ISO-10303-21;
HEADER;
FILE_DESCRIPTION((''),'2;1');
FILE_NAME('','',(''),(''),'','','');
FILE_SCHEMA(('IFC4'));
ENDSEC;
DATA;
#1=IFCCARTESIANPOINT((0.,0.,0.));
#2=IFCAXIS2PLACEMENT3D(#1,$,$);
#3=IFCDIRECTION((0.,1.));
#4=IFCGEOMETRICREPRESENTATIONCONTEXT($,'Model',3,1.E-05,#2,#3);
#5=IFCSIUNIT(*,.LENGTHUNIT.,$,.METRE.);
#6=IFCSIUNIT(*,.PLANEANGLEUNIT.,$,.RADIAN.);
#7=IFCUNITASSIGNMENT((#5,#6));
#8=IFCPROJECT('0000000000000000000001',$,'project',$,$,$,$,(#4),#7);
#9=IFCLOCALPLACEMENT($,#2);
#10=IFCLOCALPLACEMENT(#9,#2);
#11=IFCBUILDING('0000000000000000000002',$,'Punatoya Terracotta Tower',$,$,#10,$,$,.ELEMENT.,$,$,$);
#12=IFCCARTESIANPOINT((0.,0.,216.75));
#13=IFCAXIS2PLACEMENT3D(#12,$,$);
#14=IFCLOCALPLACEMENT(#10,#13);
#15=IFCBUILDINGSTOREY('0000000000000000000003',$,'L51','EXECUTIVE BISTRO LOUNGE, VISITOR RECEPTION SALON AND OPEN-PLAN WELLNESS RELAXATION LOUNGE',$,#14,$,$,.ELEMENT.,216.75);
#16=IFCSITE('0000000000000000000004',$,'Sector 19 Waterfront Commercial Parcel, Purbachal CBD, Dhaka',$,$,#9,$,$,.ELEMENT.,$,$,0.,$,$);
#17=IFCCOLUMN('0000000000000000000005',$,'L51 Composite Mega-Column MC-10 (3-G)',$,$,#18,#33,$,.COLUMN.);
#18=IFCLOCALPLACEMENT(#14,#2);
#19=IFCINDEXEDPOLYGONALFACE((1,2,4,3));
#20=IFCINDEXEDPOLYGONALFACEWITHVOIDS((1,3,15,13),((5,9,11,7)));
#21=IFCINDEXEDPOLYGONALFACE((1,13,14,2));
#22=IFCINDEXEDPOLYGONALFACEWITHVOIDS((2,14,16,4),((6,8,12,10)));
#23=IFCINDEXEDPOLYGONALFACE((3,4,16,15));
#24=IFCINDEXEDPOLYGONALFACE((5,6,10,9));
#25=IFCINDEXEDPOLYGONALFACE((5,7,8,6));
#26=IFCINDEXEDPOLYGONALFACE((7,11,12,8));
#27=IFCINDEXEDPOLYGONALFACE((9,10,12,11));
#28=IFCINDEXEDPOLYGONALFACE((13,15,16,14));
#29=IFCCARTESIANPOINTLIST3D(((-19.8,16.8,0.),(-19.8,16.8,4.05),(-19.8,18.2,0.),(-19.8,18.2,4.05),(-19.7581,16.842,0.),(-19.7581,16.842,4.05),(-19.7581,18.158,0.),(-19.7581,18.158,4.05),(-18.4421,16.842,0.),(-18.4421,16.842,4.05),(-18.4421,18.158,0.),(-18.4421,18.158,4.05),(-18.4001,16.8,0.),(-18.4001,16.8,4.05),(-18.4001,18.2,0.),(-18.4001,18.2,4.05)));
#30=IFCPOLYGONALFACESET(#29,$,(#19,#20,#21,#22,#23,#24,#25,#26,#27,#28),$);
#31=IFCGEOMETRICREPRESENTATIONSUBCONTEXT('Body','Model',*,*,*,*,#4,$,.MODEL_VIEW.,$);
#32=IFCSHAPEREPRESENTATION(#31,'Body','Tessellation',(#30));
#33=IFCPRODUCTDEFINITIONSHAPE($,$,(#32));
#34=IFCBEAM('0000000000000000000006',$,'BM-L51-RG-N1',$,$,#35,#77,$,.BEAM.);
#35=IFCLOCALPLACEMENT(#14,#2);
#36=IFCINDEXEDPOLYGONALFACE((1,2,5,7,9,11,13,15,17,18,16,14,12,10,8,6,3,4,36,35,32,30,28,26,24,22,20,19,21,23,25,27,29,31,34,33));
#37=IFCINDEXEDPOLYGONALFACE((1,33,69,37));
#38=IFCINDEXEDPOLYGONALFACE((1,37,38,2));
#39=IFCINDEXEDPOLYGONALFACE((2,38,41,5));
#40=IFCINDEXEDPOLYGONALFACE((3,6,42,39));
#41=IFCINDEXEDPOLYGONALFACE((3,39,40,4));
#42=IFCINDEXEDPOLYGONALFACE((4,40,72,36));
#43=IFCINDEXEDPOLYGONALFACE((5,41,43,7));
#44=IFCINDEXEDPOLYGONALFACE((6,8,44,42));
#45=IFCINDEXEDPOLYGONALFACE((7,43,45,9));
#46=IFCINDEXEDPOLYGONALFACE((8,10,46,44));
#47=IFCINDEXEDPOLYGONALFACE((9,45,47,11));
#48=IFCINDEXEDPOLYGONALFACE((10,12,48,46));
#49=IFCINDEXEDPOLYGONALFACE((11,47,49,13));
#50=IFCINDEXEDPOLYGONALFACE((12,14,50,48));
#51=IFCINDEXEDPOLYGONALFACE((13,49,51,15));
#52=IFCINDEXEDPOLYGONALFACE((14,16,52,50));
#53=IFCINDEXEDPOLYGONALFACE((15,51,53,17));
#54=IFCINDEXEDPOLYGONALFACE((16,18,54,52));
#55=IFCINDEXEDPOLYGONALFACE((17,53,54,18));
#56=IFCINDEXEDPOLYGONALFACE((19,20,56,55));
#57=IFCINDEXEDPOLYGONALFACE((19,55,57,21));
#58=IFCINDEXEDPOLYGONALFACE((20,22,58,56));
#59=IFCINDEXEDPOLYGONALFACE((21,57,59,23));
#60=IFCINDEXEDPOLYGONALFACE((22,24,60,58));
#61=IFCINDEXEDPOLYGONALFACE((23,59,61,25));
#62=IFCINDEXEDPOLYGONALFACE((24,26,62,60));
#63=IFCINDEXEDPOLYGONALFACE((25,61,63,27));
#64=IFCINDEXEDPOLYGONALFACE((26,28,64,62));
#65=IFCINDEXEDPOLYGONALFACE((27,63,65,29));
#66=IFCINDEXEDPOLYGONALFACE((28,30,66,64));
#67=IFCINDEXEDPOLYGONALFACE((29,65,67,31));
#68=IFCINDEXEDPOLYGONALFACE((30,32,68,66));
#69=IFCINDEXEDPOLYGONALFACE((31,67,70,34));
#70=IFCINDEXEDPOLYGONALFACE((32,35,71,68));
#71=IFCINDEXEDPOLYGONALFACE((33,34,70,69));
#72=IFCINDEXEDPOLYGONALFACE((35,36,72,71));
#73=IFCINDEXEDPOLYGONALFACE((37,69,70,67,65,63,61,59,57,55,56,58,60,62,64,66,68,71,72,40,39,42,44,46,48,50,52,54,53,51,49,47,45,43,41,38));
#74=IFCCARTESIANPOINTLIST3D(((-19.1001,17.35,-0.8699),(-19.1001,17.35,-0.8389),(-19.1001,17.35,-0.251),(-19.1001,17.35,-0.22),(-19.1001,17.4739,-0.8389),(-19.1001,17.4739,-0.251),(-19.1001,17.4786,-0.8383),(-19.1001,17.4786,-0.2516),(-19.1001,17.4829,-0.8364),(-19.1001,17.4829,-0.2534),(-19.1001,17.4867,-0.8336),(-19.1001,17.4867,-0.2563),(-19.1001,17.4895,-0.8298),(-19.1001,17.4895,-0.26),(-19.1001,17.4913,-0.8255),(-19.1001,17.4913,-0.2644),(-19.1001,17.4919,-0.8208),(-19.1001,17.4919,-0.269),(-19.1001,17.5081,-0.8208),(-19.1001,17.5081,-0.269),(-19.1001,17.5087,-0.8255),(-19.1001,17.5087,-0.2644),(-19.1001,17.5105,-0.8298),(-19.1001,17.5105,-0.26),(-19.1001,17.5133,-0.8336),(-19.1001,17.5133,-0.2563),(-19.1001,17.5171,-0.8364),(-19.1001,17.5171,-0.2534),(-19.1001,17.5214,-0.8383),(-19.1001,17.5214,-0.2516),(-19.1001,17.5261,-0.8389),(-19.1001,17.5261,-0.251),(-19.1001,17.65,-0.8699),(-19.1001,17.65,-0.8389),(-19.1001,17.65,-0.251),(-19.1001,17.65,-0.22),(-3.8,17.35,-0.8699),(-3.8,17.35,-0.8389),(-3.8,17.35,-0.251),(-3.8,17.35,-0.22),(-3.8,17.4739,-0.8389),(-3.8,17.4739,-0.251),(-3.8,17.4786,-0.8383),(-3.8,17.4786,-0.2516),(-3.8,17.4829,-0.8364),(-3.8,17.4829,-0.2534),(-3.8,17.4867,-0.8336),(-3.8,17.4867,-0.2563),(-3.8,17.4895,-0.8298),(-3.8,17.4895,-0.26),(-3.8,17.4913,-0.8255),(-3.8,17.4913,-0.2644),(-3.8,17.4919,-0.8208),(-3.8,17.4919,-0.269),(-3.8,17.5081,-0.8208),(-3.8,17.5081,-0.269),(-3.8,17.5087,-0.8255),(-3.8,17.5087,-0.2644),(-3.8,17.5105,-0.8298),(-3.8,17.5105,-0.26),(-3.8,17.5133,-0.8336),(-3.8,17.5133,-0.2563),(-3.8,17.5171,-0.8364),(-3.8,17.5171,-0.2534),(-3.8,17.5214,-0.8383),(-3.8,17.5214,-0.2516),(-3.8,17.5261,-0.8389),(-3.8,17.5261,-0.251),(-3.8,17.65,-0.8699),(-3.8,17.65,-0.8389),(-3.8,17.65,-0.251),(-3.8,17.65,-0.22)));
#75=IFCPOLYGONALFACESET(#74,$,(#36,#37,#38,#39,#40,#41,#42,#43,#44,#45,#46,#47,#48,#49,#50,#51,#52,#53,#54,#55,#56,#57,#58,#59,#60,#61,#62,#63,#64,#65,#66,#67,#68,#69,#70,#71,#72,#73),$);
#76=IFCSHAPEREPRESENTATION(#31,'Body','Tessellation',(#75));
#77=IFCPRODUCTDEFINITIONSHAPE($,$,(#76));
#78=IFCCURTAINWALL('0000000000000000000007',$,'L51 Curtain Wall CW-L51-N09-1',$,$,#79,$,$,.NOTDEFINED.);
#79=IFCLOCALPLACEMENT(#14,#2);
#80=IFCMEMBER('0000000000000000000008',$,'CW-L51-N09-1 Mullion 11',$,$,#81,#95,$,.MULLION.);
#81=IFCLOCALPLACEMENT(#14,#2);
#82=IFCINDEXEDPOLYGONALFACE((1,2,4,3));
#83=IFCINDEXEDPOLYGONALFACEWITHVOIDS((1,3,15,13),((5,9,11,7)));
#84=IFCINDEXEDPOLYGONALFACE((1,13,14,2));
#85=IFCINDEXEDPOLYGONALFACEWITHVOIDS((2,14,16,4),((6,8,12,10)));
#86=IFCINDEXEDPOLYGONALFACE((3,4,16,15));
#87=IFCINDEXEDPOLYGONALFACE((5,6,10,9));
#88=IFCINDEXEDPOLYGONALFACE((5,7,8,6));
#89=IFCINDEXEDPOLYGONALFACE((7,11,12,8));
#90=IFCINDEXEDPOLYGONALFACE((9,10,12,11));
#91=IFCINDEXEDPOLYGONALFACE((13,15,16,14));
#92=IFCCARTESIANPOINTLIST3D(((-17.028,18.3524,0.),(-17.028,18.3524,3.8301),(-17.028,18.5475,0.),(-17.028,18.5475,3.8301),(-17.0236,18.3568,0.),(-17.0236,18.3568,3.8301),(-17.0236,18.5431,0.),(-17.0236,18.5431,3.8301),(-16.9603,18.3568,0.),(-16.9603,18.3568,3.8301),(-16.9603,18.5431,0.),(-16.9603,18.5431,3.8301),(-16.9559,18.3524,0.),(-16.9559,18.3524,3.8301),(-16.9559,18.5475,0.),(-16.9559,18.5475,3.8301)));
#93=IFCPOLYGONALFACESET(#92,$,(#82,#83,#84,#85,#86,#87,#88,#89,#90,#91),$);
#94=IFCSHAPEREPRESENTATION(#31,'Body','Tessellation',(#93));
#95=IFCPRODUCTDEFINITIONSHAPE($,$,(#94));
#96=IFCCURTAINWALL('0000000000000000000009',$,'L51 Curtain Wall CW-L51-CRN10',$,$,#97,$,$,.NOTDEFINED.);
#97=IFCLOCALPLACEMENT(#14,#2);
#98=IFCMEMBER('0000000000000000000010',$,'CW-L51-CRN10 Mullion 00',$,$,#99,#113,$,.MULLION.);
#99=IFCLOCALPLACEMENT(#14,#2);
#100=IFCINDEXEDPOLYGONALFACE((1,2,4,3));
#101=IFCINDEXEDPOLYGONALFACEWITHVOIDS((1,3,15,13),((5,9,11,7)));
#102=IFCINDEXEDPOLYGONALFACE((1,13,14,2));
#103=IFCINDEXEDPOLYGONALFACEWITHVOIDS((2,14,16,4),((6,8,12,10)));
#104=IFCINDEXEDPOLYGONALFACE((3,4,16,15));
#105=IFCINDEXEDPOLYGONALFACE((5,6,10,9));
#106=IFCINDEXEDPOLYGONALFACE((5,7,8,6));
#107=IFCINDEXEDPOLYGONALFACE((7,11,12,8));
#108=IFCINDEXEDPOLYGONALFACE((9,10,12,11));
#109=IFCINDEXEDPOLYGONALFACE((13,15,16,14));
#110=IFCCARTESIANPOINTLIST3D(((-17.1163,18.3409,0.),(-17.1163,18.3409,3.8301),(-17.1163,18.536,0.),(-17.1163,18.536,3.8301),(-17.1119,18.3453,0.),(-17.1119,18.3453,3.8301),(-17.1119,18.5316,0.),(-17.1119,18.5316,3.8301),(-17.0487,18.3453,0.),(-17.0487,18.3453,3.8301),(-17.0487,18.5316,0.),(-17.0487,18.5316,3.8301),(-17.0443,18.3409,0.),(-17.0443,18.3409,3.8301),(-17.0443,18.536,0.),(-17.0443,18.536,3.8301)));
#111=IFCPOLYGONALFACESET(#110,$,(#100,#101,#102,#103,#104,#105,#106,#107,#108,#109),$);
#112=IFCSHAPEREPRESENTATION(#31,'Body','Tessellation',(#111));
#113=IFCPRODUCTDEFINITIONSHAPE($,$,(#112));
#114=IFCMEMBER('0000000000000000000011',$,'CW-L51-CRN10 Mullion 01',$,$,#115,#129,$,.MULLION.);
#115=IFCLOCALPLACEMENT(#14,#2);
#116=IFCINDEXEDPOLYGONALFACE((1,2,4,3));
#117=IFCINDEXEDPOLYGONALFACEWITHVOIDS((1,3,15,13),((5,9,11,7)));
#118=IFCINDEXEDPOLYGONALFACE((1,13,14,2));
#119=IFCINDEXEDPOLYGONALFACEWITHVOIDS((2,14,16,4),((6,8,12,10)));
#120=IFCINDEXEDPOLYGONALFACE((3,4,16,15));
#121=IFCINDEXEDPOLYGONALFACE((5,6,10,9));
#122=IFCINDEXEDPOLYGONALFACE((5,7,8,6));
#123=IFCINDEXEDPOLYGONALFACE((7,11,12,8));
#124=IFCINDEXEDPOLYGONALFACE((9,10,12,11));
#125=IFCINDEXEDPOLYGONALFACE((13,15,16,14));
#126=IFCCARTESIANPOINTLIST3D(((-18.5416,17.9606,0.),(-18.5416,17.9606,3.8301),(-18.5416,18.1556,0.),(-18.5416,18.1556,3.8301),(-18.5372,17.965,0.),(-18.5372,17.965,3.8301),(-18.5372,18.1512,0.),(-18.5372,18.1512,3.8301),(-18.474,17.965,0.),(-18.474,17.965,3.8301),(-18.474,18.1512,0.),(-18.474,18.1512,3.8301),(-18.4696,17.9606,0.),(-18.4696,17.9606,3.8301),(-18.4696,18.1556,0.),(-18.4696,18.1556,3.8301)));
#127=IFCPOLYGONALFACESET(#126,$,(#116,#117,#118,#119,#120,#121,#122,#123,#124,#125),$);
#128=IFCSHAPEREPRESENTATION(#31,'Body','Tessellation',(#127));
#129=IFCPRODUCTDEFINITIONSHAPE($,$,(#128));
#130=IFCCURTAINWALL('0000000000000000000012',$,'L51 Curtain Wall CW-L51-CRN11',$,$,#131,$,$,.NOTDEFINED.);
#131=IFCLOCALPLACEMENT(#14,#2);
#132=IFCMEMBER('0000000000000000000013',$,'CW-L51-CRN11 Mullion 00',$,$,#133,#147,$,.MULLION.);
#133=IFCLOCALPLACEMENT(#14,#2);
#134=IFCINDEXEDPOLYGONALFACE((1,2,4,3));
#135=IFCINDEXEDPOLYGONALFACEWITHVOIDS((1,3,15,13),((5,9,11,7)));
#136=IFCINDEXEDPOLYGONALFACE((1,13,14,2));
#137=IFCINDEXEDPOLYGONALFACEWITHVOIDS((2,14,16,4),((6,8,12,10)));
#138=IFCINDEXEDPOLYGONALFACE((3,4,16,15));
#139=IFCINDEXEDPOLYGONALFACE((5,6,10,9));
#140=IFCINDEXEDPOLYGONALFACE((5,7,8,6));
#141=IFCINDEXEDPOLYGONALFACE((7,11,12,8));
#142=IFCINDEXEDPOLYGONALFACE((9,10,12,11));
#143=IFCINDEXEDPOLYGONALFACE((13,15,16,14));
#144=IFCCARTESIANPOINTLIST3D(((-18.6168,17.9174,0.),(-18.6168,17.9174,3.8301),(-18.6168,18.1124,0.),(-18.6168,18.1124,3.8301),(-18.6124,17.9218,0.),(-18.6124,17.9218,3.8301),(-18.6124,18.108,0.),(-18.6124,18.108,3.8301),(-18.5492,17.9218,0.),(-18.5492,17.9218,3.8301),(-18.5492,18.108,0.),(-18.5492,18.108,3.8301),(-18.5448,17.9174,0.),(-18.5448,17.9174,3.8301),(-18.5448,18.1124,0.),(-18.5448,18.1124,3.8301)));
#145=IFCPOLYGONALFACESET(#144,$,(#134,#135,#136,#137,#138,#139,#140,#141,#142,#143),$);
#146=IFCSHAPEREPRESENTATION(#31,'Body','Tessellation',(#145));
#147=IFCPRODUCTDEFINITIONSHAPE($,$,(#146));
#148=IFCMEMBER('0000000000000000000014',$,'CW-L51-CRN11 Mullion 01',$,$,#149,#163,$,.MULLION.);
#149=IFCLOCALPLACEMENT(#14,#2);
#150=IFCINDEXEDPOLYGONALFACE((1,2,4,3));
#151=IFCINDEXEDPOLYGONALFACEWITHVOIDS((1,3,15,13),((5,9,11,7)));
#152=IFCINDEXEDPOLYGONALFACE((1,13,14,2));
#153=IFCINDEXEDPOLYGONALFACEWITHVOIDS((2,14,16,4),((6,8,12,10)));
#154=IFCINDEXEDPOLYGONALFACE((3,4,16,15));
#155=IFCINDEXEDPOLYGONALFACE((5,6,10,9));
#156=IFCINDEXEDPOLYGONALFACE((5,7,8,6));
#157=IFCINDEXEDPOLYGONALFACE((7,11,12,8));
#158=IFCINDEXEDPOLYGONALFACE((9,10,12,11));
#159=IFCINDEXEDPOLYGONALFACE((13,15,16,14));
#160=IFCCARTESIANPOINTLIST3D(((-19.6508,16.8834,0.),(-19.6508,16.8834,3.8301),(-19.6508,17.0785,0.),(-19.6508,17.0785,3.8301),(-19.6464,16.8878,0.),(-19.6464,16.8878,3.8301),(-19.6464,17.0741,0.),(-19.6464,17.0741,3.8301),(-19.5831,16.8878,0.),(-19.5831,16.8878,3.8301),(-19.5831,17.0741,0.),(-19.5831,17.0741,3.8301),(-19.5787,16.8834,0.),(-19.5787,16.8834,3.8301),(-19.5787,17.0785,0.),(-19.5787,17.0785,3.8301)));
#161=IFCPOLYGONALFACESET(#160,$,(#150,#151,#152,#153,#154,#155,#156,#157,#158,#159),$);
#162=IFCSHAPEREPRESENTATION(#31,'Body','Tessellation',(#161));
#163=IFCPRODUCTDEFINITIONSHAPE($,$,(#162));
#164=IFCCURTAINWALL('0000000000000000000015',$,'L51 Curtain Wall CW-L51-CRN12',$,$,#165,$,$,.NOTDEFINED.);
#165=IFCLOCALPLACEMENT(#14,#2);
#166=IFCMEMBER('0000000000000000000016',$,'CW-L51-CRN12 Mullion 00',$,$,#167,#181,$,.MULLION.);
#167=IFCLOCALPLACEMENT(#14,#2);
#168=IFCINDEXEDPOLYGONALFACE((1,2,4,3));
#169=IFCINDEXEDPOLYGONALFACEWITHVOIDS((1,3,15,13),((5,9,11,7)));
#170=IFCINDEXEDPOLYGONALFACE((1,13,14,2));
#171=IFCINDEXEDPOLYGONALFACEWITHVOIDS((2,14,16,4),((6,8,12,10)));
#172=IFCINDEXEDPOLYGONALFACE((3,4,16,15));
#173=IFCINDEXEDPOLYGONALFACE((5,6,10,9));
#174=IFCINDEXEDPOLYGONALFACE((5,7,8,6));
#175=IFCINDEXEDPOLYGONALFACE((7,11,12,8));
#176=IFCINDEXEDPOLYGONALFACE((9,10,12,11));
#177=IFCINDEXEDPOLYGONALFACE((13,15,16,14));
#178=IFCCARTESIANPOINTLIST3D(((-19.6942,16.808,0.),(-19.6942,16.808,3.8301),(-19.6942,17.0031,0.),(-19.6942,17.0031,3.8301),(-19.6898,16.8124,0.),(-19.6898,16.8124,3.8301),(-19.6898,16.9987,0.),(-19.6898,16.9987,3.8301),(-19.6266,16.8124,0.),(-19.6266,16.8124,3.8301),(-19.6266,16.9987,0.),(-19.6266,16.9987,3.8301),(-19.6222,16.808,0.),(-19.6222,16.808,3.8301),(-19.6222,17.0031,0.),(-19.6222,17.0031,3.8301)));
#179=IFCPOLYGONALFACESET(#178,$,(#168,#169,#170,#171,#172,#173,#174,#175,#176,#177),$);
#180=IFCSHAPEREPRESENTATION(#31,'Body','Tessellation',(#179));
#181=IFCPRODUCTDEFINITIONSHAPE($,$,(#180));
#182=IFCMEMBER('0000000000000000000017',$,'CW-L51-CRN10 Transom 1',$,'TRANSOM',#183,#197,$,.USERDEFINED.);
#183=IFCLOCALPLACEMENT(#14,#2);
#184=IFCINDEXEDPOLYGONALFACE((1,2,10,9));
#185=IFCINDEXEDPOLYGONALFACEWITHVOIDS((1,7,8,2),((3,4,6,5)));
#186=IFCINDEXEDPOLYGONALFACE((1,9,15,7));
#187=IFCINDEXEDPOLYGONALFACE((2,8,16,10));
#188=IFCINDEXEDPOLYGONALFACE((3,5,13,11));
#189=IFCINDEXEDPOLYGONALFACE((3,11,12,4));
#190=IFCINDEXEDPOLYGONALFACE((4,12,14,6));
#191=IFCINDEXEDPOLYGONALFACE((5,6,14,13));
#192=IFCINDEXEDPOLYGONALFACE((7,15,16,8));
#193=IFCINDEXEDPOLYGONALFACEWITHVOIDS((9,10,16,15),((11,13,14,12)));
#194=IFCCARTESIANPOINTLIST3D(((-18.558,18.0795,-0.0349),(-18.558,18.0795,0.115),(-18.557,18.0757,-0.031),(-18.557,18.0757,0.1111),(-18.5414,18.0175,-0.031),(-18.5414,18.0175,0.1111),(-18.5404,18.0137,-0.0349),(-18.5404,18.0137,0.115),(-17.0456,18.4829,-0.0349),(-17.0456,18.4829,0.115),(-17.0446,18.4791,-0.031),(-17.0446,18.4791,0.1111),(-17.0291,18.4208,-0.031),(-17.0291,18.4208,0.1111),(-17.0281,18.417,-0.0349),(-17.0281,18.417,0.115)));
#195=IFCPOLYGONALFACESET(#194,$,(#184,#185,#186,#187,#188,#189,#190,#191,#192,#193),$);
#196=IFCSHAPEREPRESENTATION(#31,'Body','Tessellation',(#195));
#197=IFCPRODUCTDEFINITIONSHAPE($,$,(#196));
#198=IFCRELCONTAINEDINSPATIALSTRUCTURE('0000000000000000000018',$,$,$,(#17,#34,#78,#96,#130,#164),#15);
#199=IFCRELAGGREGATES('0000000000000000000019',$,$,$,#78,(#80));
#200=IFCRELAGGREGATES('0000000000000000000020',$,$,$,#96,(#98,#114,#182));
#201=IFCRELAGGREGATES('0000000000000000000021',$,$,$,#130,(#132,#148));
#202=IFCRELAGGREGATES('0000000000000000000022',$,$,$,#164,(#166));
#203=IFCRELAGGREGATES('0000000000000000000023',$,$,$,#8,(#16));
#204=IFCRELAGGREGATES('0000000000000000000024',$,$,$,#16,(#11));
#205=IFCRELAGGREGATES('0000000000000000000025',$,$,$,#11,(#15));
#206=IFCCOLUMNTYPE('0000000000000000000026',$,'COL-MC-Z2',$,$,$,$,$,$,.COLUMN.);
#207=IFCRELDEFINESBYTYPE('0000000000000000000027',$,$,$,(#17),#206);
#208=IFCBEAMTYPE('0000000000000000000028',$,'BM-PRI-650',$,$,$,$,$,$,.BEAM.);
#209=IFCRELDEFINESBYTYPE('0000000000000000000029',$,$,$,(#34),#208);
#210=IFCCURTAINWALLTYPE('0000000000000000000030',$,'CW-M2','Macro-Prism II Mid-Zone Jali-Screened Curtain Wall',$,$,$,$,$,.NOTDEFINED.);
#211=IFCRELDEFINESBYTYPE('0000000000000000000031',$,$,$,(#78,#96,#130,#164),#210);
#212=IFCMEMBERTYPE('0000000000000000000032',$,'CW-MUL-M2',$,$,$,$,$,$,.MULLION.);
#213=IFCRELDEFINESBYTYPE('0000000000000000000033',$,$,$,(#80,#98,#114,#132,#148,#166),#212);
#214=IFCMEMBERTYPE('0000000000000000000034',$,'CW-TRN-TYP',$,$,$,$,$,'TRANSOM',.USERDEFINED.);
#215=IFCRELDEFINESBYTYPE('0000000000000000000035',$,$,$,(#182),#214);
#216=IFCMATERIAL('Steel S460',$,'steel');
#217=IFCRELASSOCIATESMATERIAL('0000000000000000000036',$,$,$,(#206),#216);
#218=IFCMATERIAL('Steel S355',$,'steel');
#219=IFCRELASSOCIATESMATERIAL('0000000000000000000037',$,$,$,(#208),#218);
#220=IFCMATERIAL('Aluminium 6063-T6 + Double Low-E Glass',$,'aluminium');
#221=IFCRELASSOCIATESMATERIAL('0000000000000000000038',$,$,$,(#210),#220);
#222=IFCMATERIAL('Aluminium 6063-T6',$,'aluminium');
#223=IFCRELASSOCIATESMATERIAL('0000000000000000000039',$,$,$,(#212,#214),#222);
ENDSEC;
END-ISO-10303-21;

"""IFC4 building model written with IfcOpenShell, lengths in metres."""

from ifc_helpers import new_model, si_unit, direction, frame, origin, origin_2d, place, context, subcontext, project, spatial, hollow_rectangle, i_section, extrude, material, material_profile, profile_set, type_object, element, aggregate, save


model = new_model("IFC4")

# Units and contexts
model_context = context("Model", 3, precision=1e-05, world=origin(), true_north=direction((0.0, 1.0)))
body_context = subcontext(model_context, "Body", "Model", "MODEL_VIEW")
ifc_project = project(units=[si_unit("LENGTHUNIT", "METRE"), si_unit("PLANEANGLEUNIT", "RADIAN")], contexts=[model_context])

# Site, building, storey
site_placement = place(None, origin())
site = spatial("IfcSite", under=ifc_project, at=site_placement, Name="Sector 19 Waterfront Commercial Parcel, Purbachal CBD, Dhaka", CompositionType="ELEMENT", RefElevation=0.0)
building_placement = place(site_placement, origin())
building = spatial("IfcBuilding", under=site, at=building_placement, Name="Punatoya Terracotta Tower", CompositionType="ELEMENT")
storey_placement = place(building_placement, frame((0.0, 0.0, 216.75)))
storey = spatial("IfcBuildingStorey", under=building, at=storey_placement, Name="L51", Description="EXECUTIVE BISTRO LOUNGE, VISITOR RECEPTION SALON AND OPEN-PLAN WELLNESS RELAXATION LOUNGE", CompositionType="ELEMENT", Elevation=216.75)

# Column
ifc_material_1 = material(Name="Steel S460", Category="steel")
ifc_material_profile_1 = material_profile(ifc_material_1, hollow_rectangle(XDim=1.3999, YDim=1.3999, WallThickness=0.042, at=origin_2d()))
ifc_profile_set_1 = profile_set([ifc_material_profile_1], Name="Steel S460")
column_type = type_object("IfcColumnType", Name="COL-MC-Z2", PredefinedType="COLUMN", material=ifc_profile_set_1)
column_placement = place(storey_placement, frame((-19.1001, 17.5, 0.0), z_axis=(0.0, 0.0, 1.0), x_axis=(1.0, 0.0, 0.0)))
element("IfcColumn", 1, at=column_placement, inside=storey, type_object=column_type, Name="L51 Composite Mega-Column MC-10 (3-G)", PredefinedType="COLUMN", context=body_context, shape_type="SweptSolid", body=[
    extrude(hollow_rectangle(XDim=1.3999, YDim=1.3999, WallThickness=0.042, at=origin_2d()), origin(), (0.0, 0.0, 1.0), 4.05),
])

# Beam
ifc_material_2 = material(Name="Steel S355", Category="steel")
ifc_material_profile_2 = material_profile(ifc_material_2, i_section(OverallWidth=0.3, OverallDepth=0.6499, WebThickness=0.0161, FlangeThickness=0.031, FilletRadius=0.0181, at=origin_2d()))
ifc_profile_set_2 = profile_set([ifc_material_profile_2], Name="Steel S355")
beam_type = type_object("IfcBeamType", Name="BM-PRI-650", PredefinedType="BEAM", material=ifc_profile_set_2)
beam_placement = place(storey_placement, frame((-19.1001, 17.5, -0.5449), z_axis=(1.0, 0.0, 0.0), x_axis=(0.0, 1.0, 0.0)))
element("IfcBeam", 2, at=beam_placement, inside=storey, type_object=beam_type, Name="BM-L51-RG-N1", PredefinedType="BEAM", context=body_context, shape_type="SweptSolid", body=[
    extrude(i_section(OverallWidth=0.3, OverallDepth=0.6499, WebThickness=0.0161, FlangeThickness=0.031, FilletRadius=0.0181, at=origin_2d()), origin(), (0.0, 0.0, 1.0), 15.3),
])

# Curtain wall, member
ifc_material_3 = material(Name="Aluminium 6063-T6 + Double Low-E Glass", Category="aluminium")
curtain_wall_type = type_object("IfcCurtainWallType", Name="CW-M2", Description="Macro-Prism II Mid-Zone Jali-Screened Curtain Wall", PredefinedType="NOTDEFINED", material=ifc_material_3)
curtain_wall_1_placement = place(storey_placement, origin())
curtain_wall_1 = element("IfcCurtainWall", 3, at=curtain_wall_1_placement, inside=storey, type_object=curtain_wall_type, Name="L51 Curtain Wall CW-L51-N09-1", PredefinedType="NOTDEFINED")
ifc_material_4 = material(Name="Aluminium 6063-T6", Category="aluminium")
ifc_material_profile_3 = material_profile(ifc_material_4, hollow_rectangle(XDim=0.072, YDim=0.1951, WallThickness=0.0044, at=origin_2d()))
ifc_profile_set_3 = profile_set([ifc_material_profile_3], Name="Aluminium 6063-T6")
member_type_1 = type_object("IfcMemberType", Name="CW-MUL-M2", PredefinedType="MULLION", material=ifc_profile_set_3)
member_1_placement = place(storey_placement, frame((-16.9919, 18.45, 0.0), z_axis=(0.0, 0.0, 1.0), x_axis=(1.0, 0.0, 0.0)))
member_1 = element("IfcMember", 4, at=member_1_placement, type_object=member_type_1, Name="CW-L51-N09-1 Mullion 11", PredefinedType="MULLION", context=body_context, shape_type="SweptSolid", body=[
    extrude(hollow_rectangle(XDim=0.072, YDim=0.1951, WallThickness=0.0044, at=origin_2d()), origin(), (0.0, 0.0, 1.0), 3.8301),
])

# Curtain walls, members
curtain_wall_2_placement = place(storey_placement, origin())
curtain_wall_2 = element("IfcCurtainWall", 5, at=curtain_wall_2_placement, inside=storey, type_object=curtain_wall_type, Name="L51 Curtain Wall CW-L51-CRN10", PredefinedType="NOTDEFINED")
member_2_placement = place(storey_placement, frame((-17.0803, 18.4385, 0.0), z_axis=(0.0, 0.0, 1.0), x_axis=(1.0, 0.0, 0.0)))
member_2 = element("IfcMember", 6, at=member_2_placement, type_object=member_type_1, Name="CW-L51-CRN10 Mullion 00", PredefinedType="MULLION", context=body_context, shape_type="SweptSolid", body=[
    extrude(hollow_rectangle(XDim=0.072, YDim=0.1951, WallThickness=0.0044, at=origin_2d()), origin(), (0.0, 0.0, 1.0), 3.8301),
])
member_3_placement = place(storey_placement, frame((-18.5056, 18.0581, 0.0), z_axis=(0.0, 0.0, 1.0), x_axis=(1.0, 0.0, 0.0)))
member_3 = element("IfcMember", 7, at=member_3_placement, type_object=member_type_1, Name="CW-L51-CRN10 Mullion 01", PredefinedType="MULLION", context=body_context, shape_type="SweptSolid", body=[
    extrude(hollow_rectangle(XDim=0.072, YDim=0.1951, WallThickness=0.0044, at=origin_2d()), origin(), (0.0, 0.0, 1.0), 3.8301),
])
curtain_wall_3_placement = place(storey_placement, origin())
curtain_wall_3 = element("IfcCurtainWall", 8, at=curtain_wall_3_placement, inside=storey, type_object=curtain_wall_type, Name="L51 Curtain Wall CW-L51-CRN11", PredefinedType="NOTDEFINED")
member_4_placement = place(storey_placement, frame((-18.5808, 18.0149, 0.0), z_axis=(0.0, 0.0, 1.0), x_axis=(1.0, 0.0, 0.0)))
member_4 = element("IfcMember", 9, at=member_4_placement, type_object=member_type_1, Name="CW-L51-CRN11 Mullion 00", PredefinedType="MULLION", context=body_context, shape_type="SweptSolid", body=[
    extrude(hollow_rectangle(XDim=0.072, YDim=0.1951, WallThickness=0.0044, at=origin_2d()), origin(), (0.0, 0.0, 1.0), 3.8301),
])
member_5_placement = place(storey_placement, frame((-19.6147, 16.981, 0.0), z_axis=(0.0, 0.0, 1.0), x_axis=(1.0, 0.0, 0.0)))
member_5 = element("IfcMember", 10, at=member_5_placement, type_object=member_type_1, Name="CW-L51-CRN11 Mullion 01", PredefinedType="MULLION", context=body_context, shape_type="SweptSolid", body=[
    extrude(hollow_rectangle(XDim=0.072, YDim=0.1951, WallThickness=0.0044, at=origin_2d()), origin(), (0.0, 0.0, 1.0), 3.8301),
])

# Curtain wall, member
curtain_wall_4_placement = place(storey_placement, origin())
curtain_wall_4 = element("IfcCurtainWall", 11, at=curtain_wall_4_placement, inside=storey, type_object=curtain_wall_type, Name="L51 Curtain Wall CW-L51-CRN12", PredefinedType="NOTDEFINED")
member_6_placement = place(storey_placement, frame((-19.6582, 16.9055, 0.0), z_axis=(0.0, 0.0, 1.0), x_axis=(1.0, 0.0, 0.0)))
member_6 = element("IfcMember", 12, at=member_6_placement, type_object=member_type_1, Name="CW-L51-CRN12 Mullion 00", PredefinedType="MULLION", context=body_context, shape_type="SweptSolid", body=[
    extrude(hollow_rectangle(XDim=0.072, YDim=0.1951, WallThickness=0.0044, at=origin_2d()), origin(), (0.0, 0.0, 1.0), 3.8301),
])

# Member
ifc_material_profile_4 = material_profile(ifc_material_4, hollow_rectangle(XDim=0.0681, YDim=0.1499, WallThickness=0.0039, at=origin_2d()))
ifc_profile_set_4 = profile_set([ifc_material_profile_4], Name="Aluminium 6063-T6")
member_type_2 = type_object("IfcMemberType", Name="CW-TRN-TYP", ElementType="TRANSOM", PredefinedType="USERDEFINED", material=ifc_profile_set_4)
member_7_placement = place(storey_placement, frame((-17.0369, 18.45, 0.04), z_axis=(-0.966225, -0.257701, 0.0), x_axis=(0.257701, -0.966225, 0.0)))
member_7 = element("IfcMember", 13, at=member_7_placement, type_object=member_type_2, Name="CW-L51-CRN10 Transom 1", ObjectType="TRANSOM", PredefinedType="USERDEFINED", context=body_context, shape_type="SweptSolid", body=[
    extrude(hollow_rectangle(XDim=0.0681, YDim=0.1499, WallThickness=0.0039, at=origin_2d()), origin(), (0.0, 0.0, 1.0), 1.5652),
])

aggregate(curtain_wall_1, [member_1])
aggregate(curtain_wall_2, [member_2, member_3, member_7])
aggregate(curtain_wall_3, [member_4, member_5])
aggregate(curtain_wall_4, [member_6])

save(model, "model.ifc")
